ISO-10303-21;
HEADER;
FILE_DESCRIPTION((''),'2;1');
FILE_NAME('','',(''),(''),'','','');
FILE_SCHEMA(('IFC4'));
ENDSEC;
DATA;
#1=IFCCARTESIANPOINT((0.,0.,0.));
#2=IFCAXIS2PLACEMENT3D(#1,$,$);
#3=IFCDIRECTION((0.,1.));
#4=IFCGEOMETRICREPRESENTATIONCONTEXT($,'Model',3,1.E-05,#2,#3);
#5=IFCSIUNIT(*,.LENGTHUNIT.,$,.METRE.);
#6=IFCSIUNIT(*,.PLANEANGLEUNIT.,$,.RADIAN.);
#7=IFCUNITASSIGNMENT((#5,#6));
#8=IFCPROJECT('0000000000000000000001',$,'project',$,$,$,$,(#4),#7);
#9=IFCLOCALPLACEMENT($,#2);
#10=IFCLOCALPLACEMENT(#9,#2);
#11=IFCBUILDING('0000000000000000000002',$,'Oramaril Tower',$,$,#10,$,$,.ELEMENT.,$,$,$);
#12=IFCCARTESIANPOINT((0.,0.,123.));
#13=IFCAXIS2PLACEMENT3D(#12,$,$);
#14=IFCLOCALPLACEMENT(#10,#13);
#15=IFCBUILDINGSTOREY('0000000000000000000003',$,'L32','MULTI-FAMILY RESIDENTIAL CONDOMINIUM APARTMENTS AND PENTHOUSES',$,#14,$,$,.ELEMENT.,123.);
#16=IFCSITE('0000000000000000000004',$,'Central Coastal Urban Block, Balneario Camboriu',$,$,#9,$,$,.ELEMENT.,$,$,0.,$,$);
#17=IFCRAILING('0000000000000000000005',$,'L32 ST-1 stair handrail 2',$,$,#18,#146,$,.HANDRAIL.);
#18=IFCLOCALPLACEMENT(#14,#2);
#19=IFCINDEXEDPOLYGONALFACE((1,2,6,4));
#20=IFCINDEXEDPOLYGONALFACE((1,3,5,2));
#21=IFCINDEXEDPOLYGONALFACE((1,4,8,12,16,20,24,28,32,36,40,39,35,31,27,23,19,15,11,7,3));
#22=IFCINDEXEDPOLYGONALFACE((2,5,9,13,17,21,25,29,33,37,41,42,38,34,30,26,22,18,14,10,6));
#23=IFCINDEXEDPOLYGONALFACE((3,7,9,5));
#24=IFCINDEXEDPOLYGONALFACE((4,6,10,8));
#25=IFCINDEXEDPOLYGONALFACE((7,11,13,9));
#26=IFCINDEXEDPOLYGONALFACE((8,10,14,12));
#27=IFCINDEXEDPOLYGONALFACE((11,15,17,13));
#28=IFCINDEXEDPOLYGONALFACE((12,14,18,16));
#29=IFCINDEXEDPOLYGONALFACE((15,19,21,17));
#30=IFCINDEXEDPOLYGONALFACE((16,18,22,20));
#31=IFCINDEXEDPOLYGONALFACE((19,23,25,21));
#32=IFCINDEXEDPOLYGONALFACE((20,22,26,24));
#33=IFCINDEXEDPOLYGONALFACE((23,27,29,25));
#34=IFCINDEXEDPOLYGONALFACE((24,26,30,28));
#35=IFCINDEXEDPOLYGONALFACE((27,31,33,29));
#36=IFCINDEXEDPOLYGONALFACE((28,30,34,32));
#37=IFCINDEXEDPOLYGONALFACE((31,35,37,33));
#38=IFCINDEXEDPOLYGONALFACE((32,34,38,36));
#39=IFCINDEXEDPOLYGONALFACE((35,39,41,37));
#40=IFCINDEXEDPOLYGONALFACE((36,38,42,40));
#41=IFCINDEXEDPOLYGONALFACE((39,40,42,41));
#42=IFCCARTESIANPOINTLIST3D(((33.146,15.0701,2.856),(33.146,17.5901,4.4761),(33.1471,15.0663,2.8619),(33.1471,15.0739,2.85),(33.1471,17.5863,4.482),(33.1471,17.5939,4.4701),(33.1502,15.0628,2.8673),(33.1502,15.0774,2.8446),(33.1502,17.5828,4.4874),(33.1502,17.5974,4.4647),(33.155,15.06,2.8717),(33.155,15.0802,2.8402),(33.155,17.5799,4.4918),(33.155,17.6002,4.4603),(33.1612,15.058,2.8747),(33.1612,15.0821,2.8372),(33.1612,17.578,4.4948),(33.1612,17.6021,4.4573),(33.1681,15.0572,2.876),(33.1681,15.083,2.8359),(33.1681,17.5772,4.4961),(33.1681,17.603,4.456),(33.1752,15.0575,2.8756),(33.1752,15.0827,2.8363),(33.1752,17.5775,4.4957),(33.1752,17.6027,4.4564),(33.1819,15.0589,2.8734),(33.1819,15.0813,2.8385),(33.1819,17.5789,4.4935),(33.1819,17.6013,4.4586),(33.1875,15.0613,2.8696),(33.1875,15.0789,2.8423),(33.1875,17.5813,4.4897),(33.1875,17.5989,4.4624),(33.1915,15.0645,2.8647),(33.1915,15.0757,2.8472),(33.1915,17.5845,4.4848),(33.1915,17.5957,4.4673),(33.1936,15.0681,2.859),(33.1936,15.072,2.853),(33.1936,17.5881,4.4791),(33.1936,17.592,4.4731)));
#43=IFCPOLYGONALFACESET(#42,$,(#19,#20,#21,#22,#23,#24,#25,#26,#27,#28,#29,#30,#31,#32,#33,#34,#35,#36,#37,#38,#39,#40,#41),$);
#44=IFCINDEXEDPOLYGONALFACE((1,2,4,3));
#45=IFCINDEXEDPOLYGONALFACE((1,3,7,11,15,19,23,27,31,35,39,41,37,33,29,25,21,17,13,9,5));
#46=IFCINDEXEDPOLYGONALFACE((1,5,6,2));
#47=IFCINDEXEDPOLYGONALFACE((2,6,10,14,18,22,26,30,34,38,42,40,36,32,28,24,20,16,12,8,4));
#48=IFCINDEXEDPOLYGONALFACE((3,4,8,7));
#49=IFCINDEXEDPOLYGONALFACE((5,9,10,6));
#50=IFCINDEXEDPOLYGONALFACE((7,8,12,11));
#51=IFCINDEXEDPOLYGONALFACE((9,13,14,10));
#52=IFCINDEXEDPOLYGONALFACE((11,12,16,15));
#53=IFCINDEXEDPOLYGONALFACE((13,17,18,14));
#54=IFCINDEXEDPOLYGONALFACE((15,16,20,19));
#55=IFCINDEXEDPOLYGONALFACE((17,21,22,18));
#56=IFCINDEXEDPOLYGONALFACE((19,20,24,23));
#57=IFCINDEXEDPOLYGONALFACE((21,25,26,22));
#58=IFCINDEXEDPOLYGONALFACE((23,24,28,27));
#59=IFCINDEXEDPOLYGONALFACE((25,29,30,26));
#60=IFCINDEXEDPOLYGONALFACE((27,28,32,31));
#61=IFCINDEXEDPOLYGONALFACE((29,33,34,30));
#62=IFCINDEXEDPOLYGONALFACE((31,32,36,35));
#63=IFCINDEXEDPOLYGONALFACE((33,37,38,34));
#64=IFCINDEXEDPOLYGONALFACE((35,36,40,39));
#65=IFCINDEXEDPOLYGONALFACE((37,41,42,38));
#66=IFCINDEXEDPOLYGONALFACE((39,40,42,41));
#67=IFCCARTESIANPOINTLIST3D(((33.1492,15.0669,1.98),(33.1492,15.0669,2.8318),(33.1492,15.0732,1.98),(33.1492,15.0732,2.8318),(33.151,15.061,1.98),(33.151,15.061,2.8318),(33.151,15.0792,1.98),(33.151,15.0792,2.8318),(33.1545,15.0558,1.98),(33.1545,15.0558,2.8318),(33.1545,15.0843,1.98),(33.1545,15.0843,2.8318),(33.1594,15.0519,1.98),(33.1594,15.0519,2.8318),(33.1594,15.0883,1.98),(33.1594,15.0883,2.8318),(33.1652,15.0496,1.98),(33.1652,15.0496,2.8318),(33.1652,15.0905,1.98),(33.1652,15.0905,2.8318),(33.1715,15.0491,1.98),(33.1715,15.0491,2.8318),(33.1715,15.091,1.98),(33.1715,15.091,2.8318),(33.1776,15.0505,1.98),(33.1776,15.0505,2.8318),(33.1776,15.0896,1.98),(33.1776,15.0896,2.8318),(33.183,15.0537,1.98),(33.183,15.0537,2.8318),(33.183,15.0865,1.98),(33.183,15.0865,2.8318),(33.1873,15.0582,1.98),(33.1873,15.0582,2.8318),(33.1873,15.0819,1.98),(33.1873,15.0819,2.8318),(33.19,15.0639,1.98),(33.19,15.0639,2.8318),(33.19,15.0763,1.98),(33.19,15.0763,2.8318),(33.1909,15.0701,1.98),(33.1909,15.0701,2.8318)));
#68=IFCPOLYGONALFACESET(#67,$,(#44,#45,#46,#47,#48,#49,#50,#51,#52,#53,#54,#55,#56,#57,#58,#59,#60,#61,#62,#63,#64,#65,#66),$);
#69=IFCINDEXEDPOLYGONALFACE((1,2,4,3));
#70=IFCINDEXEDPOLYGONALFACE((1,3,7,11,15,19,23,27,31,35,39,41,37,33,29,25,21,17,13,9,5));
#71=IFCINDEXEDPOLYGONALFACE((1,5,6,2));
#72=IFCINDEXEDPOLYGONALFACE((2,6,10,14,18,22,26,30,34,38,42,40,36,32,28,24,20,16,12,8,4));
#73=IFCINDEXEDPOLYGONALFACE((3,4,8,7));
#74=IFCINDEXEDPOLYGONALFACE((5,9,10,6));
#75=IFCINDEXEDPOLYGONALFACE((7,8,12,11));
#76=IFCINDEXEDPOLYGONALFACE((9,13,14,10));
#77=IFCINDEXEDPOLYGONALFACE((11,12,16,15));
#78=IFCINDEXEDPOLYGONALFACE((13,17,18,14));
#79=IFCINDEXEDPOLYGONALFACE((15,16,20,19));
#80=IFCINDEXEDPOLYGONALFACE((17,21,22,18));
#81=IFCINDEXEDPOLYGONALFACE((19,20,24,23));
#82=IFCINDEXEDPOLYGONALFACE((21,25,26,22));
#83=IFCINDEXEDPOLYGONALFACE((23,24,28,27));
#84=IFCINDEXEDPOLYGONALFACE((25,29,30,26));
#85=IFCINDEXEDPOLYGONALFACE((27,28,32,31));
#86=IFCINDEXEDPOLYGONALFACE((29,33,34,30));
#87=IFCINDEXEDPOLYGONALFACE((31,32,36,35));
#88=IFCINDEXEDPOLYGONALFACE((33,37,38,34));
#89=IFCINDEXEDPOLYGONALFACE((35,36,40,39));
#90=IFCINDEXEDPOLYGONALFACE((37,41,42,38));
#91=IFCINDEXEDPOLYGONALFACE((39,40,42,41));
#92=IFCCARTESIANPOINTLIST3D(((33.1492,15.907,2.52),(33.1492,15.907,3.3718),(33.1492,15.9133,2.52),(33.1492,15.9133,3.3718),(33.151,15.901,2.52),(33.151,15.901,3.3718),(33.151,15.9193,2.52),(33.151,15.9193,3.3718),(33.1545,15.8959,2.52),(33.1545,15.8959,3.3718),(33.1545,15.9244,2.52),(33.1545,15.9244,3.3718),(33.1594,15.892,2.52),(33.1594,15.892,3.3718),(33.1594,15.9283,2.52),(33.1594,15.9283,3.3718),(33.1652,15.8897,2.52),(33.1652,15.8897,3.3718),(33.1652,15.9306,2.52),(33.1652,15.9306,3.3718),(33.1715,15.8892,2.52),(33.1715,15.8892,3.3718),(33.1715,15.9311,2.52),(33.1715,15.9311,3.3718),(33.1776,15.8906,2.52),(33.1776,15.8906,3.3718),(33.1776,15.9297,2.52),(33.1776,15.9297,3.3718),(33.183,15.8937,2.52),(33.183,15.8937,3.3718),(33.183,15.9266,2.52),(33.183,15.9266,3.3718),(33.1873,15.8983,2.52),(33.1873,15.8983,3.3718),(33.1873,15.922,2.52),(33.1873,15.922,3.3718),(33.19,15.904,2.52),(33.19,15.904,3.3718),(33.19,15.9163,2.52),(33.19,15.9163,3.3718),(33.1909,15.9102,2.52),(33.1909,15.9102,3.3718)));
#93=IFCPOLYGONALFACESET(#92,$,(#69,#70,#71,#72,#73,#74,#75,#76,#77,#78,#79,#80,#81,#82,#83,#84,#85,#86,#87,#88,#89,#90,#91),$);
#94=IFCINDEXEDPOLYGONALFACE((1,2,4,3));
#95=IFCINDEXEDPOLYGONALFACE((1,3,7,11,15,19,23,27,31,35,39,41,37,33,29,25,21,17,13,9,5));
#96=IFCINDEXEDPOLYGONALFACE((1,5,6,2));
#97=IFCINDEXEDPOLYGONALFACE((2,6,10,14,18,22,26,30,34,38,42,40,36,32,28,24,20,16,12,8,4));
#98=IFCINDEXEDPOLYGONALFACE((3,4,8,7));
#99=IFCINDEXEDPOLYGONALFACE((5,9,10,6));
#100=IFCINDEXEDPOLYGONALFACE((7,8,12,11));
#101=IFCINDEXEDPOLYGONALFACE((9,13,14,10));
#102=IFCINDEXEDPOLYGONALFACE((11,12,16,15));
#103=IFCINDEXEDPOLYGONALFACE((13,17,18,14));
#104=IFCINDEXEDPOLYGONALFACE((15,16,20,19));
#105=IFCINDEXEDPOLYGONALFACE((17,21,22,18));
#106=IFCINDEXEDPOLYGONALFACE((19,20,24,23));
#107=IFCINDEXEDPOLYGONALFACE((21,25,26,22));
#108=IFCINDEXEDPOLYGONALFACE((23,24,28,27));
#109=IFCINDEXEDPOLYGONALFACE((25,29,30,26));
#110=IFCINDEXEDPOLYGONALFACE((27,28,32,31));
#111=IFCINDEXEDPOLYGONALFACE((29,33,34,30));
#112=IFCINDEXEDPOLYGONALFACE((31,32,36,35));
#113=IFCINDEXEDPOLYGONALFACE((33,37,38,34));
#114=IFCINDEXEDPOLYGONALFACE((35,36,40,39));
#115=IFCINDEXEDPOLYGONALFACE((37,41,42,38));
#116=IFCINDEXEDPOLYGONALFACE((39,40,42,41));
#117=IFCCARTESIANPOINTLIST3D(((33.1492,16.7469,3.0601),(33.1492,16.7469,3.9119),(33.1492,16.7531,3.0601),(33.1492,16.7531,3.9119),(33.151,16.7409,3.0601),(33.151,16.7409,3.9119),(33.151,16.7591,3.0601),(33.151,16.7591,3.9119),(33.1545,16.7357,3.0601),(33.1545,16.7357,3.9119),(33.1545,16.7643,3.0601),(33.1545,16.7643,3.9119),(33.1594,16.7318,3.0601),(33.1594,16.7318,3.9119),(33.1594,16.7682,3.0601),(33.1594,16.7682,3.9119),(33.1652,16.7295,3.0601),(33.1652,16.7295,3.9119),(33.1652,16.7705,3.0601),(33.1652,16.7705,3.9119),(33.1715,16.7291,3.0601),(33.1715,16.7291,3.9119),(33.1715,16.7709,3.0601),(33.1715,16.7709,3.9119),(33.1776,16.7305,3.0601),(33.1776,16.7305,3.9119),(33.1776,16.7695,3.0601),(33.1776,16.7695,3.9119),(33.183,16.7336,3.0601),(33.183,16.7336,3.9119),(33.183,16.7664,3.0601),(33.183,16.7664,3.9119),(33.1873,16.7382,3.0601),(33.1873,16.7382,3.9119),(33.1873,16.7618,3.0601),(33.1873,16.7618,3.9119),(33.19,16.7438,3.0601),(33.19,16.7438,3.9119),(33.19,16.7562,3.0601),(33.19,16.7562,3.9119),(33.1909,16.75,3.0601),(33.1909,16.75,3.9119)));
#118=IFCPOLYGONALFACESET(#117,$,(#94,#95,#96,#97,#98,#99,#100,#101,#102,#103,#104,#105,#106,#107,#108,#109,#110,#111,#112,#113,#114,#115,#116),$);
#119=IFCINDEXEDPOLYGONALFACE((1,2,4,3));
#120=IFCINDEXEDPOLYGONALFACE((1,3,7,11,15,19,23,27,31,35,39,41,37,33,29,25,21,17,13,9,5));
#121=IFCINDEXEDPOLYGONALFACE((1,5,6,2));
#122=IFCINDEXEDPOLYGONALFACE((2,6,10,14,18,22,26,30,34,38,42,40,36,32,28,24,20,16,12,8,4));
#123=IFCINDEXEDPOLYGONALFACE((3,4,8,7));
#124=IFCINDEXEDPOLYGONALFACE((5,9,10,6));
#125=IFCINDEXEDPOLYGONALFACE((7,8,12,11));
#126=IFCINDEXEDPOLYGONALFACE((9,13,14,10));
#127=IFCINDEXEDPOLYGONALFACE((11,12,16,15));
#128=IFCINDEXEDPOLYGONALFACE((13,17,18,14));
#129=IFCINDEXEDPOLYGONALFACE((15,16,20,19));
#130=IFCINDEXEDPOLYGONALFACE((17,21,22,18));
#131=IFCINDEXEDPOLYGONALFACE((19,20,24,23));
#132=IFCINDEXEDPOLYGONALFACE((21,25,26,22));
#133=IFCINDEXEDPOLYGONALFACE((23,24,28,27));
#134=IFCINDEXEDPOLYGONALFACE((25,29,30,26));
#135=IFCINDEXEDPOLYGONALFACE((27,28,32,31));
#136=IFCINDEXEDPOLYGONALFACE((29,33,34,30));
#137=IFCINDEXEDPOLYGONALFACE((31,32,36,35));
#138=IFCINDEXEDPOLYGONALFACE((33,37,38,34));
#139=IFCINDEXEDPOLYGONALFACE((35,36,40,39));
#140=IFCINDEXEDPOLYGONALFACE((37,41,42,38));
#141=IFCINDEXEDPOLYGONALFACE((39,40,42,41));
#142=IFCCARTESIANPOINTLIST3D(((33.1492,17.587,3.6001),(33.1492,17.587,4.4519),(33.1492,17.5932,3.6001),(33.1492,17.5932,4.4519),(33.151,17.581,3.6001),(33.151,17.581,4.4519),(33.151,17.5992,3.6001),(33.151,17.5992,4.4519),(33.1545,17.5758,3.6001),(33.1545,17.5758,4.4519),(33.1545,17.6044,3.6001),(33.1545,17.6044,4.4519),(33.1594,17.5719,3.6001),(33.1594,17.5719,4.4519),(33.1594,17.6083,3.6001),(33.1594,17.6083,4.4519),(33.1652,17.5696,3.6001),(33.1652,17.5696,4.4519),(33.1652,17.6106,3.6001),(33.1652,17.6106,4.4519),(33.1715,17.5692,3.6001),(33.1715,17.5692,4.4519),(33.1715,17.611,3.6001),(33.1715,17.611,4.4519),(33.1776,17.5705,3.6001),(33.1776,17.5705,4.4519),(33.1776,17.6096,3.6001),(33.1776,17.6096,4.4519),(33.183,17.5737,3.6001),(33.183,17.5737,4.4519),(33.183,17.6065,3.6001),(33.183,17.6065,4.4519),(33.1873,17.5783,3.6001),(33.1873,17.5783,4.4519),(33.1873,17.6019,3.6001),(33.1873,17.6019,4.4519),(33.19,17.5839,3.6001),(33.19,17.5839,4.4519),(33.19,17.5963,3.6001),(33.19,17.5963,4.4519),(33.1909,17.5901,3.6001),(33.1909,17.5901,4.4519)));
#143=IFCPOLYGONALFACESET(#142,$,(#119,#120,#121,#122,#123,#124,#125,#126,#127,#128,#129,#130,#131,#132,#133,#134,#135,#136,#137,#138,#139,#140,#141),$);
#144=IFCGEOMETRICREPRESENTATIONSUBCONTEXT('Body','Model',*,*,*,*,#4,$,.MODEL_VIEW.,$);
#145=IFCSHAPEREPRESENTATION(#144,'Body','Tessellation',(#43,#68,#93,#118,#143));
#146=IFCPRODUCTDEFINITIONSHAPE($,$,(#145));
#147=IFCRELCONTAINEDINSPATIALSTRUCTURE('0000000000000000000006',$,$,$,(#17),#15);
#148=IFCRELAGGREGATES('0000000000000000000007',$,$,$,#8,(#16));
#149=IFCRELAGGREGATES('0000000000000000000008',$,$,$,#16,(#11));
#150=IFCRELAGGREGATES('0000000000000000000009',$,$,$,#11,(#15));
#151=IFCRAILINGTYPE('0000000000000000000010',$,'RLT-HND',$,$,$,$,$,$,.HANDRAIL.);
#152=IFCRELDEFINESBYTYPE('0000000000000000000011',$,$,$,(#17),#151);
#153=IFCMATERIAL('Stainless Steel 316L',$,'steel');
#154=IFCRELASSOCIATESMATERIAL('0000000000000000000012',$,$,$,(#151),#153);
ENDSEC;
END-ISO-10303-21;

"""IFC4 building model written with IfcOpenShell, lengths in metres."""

from ifc_helpers import new_model, si_unit, direction, frame, origin, origin_2d, place, context, subcontext, project, spatial, circle, extrude, material, type_object, element, save


model = new_model("IFC4")

# Units and contexts
model_context = context("Model", 3, precision=1e-05, world=origin(), true_north=direction((0.0, 1.0)))
body_context = subcontext(model_context, "Body", "Model", "MODEL_VIEW")
ifc_project = project(units=[si_unit("LENGTHUNIT", "METRE"), si_unit("PLANEANGLEUNIT", "RADIAN")], contexts=[model_context])

# Site, building, storey
site_placement = place(None, origin())
site = spatial("IfcSite", under=ifc_project, at=site_placement, Name="Central Coastal Urban Block, Balneario Camboriu", CompositionType="ELEMENT", RefElevation=0.0)
building_placement = place(site_placement, origin())
building = spatial("IfcBuilding", under=site, at=building_placement, Name="Oramaril Tower", CompositionType="ELEMENT")
storey_placement = place(building_placement, frame((0.0, 0.0, 123.0)))
storey = spatial("IfcBuildingStorey", under=building, at=storey_placement, Name="L32", Description="MULTI-FAMILY RESIDENTIAL CONDOMINIUM APARTMENTS AND PENTHOUSES", CompositionType="ELEMENT", Elevation=123.0)

# Railing
ifc_material_1 = material(Name="Stainless Steel 316L", Category="steel")
railing_type_1 = type_object("IfcRailingType", Name="RLT-HND", PredefinedType="HANDRAIL", material=ifc_material_1)
for number, where, name in (
    (1, (33.1699, 15.0701, 1.98), "L32 ST-1 stair handrail 2"),
):
    element("IfcRailing", number, at=place(storey_placement, frame(where)), inside=storey, type_object=railing_type_1, Name=name, PredefinedType="HANDRAIL", context=body_context, shape_type="SweptSolid", body=[
        extrude(circle(Radius=0.0239, at=origin_2d()), frame((0.0, 0.0, 0.876), z_axis=(0.0, 0.841163, 0.540782), x_axis=(-1.0, 0.0, 0.0)), (0.0, 0.0, 1.0), 2.9958),
        extrude(circle(Radius=0.021, at=origin_2d()), origin(), (0.0, 0.0, 1.0), 0.8518),
        extrude(circle(Radius=0.021, at=origin_2d()), frame((0.0, 0.8401, 0.54)), (0.0, 0.0, 1.0), 0.8518),
        extrude(circle(Radius=0.021, at=origin_2d()), frame((0.0, 1.6799, 1.0801)), (0.0, 0.0, 1.0), 0.8518),
        extrude(circle(Radius=0.021, at=origin_2d()), frame((0.0, 2.52, 1.6201)), (0.0, 0.0, 1.0), 0.8518),
    ])

save(model, "model.ifc")
